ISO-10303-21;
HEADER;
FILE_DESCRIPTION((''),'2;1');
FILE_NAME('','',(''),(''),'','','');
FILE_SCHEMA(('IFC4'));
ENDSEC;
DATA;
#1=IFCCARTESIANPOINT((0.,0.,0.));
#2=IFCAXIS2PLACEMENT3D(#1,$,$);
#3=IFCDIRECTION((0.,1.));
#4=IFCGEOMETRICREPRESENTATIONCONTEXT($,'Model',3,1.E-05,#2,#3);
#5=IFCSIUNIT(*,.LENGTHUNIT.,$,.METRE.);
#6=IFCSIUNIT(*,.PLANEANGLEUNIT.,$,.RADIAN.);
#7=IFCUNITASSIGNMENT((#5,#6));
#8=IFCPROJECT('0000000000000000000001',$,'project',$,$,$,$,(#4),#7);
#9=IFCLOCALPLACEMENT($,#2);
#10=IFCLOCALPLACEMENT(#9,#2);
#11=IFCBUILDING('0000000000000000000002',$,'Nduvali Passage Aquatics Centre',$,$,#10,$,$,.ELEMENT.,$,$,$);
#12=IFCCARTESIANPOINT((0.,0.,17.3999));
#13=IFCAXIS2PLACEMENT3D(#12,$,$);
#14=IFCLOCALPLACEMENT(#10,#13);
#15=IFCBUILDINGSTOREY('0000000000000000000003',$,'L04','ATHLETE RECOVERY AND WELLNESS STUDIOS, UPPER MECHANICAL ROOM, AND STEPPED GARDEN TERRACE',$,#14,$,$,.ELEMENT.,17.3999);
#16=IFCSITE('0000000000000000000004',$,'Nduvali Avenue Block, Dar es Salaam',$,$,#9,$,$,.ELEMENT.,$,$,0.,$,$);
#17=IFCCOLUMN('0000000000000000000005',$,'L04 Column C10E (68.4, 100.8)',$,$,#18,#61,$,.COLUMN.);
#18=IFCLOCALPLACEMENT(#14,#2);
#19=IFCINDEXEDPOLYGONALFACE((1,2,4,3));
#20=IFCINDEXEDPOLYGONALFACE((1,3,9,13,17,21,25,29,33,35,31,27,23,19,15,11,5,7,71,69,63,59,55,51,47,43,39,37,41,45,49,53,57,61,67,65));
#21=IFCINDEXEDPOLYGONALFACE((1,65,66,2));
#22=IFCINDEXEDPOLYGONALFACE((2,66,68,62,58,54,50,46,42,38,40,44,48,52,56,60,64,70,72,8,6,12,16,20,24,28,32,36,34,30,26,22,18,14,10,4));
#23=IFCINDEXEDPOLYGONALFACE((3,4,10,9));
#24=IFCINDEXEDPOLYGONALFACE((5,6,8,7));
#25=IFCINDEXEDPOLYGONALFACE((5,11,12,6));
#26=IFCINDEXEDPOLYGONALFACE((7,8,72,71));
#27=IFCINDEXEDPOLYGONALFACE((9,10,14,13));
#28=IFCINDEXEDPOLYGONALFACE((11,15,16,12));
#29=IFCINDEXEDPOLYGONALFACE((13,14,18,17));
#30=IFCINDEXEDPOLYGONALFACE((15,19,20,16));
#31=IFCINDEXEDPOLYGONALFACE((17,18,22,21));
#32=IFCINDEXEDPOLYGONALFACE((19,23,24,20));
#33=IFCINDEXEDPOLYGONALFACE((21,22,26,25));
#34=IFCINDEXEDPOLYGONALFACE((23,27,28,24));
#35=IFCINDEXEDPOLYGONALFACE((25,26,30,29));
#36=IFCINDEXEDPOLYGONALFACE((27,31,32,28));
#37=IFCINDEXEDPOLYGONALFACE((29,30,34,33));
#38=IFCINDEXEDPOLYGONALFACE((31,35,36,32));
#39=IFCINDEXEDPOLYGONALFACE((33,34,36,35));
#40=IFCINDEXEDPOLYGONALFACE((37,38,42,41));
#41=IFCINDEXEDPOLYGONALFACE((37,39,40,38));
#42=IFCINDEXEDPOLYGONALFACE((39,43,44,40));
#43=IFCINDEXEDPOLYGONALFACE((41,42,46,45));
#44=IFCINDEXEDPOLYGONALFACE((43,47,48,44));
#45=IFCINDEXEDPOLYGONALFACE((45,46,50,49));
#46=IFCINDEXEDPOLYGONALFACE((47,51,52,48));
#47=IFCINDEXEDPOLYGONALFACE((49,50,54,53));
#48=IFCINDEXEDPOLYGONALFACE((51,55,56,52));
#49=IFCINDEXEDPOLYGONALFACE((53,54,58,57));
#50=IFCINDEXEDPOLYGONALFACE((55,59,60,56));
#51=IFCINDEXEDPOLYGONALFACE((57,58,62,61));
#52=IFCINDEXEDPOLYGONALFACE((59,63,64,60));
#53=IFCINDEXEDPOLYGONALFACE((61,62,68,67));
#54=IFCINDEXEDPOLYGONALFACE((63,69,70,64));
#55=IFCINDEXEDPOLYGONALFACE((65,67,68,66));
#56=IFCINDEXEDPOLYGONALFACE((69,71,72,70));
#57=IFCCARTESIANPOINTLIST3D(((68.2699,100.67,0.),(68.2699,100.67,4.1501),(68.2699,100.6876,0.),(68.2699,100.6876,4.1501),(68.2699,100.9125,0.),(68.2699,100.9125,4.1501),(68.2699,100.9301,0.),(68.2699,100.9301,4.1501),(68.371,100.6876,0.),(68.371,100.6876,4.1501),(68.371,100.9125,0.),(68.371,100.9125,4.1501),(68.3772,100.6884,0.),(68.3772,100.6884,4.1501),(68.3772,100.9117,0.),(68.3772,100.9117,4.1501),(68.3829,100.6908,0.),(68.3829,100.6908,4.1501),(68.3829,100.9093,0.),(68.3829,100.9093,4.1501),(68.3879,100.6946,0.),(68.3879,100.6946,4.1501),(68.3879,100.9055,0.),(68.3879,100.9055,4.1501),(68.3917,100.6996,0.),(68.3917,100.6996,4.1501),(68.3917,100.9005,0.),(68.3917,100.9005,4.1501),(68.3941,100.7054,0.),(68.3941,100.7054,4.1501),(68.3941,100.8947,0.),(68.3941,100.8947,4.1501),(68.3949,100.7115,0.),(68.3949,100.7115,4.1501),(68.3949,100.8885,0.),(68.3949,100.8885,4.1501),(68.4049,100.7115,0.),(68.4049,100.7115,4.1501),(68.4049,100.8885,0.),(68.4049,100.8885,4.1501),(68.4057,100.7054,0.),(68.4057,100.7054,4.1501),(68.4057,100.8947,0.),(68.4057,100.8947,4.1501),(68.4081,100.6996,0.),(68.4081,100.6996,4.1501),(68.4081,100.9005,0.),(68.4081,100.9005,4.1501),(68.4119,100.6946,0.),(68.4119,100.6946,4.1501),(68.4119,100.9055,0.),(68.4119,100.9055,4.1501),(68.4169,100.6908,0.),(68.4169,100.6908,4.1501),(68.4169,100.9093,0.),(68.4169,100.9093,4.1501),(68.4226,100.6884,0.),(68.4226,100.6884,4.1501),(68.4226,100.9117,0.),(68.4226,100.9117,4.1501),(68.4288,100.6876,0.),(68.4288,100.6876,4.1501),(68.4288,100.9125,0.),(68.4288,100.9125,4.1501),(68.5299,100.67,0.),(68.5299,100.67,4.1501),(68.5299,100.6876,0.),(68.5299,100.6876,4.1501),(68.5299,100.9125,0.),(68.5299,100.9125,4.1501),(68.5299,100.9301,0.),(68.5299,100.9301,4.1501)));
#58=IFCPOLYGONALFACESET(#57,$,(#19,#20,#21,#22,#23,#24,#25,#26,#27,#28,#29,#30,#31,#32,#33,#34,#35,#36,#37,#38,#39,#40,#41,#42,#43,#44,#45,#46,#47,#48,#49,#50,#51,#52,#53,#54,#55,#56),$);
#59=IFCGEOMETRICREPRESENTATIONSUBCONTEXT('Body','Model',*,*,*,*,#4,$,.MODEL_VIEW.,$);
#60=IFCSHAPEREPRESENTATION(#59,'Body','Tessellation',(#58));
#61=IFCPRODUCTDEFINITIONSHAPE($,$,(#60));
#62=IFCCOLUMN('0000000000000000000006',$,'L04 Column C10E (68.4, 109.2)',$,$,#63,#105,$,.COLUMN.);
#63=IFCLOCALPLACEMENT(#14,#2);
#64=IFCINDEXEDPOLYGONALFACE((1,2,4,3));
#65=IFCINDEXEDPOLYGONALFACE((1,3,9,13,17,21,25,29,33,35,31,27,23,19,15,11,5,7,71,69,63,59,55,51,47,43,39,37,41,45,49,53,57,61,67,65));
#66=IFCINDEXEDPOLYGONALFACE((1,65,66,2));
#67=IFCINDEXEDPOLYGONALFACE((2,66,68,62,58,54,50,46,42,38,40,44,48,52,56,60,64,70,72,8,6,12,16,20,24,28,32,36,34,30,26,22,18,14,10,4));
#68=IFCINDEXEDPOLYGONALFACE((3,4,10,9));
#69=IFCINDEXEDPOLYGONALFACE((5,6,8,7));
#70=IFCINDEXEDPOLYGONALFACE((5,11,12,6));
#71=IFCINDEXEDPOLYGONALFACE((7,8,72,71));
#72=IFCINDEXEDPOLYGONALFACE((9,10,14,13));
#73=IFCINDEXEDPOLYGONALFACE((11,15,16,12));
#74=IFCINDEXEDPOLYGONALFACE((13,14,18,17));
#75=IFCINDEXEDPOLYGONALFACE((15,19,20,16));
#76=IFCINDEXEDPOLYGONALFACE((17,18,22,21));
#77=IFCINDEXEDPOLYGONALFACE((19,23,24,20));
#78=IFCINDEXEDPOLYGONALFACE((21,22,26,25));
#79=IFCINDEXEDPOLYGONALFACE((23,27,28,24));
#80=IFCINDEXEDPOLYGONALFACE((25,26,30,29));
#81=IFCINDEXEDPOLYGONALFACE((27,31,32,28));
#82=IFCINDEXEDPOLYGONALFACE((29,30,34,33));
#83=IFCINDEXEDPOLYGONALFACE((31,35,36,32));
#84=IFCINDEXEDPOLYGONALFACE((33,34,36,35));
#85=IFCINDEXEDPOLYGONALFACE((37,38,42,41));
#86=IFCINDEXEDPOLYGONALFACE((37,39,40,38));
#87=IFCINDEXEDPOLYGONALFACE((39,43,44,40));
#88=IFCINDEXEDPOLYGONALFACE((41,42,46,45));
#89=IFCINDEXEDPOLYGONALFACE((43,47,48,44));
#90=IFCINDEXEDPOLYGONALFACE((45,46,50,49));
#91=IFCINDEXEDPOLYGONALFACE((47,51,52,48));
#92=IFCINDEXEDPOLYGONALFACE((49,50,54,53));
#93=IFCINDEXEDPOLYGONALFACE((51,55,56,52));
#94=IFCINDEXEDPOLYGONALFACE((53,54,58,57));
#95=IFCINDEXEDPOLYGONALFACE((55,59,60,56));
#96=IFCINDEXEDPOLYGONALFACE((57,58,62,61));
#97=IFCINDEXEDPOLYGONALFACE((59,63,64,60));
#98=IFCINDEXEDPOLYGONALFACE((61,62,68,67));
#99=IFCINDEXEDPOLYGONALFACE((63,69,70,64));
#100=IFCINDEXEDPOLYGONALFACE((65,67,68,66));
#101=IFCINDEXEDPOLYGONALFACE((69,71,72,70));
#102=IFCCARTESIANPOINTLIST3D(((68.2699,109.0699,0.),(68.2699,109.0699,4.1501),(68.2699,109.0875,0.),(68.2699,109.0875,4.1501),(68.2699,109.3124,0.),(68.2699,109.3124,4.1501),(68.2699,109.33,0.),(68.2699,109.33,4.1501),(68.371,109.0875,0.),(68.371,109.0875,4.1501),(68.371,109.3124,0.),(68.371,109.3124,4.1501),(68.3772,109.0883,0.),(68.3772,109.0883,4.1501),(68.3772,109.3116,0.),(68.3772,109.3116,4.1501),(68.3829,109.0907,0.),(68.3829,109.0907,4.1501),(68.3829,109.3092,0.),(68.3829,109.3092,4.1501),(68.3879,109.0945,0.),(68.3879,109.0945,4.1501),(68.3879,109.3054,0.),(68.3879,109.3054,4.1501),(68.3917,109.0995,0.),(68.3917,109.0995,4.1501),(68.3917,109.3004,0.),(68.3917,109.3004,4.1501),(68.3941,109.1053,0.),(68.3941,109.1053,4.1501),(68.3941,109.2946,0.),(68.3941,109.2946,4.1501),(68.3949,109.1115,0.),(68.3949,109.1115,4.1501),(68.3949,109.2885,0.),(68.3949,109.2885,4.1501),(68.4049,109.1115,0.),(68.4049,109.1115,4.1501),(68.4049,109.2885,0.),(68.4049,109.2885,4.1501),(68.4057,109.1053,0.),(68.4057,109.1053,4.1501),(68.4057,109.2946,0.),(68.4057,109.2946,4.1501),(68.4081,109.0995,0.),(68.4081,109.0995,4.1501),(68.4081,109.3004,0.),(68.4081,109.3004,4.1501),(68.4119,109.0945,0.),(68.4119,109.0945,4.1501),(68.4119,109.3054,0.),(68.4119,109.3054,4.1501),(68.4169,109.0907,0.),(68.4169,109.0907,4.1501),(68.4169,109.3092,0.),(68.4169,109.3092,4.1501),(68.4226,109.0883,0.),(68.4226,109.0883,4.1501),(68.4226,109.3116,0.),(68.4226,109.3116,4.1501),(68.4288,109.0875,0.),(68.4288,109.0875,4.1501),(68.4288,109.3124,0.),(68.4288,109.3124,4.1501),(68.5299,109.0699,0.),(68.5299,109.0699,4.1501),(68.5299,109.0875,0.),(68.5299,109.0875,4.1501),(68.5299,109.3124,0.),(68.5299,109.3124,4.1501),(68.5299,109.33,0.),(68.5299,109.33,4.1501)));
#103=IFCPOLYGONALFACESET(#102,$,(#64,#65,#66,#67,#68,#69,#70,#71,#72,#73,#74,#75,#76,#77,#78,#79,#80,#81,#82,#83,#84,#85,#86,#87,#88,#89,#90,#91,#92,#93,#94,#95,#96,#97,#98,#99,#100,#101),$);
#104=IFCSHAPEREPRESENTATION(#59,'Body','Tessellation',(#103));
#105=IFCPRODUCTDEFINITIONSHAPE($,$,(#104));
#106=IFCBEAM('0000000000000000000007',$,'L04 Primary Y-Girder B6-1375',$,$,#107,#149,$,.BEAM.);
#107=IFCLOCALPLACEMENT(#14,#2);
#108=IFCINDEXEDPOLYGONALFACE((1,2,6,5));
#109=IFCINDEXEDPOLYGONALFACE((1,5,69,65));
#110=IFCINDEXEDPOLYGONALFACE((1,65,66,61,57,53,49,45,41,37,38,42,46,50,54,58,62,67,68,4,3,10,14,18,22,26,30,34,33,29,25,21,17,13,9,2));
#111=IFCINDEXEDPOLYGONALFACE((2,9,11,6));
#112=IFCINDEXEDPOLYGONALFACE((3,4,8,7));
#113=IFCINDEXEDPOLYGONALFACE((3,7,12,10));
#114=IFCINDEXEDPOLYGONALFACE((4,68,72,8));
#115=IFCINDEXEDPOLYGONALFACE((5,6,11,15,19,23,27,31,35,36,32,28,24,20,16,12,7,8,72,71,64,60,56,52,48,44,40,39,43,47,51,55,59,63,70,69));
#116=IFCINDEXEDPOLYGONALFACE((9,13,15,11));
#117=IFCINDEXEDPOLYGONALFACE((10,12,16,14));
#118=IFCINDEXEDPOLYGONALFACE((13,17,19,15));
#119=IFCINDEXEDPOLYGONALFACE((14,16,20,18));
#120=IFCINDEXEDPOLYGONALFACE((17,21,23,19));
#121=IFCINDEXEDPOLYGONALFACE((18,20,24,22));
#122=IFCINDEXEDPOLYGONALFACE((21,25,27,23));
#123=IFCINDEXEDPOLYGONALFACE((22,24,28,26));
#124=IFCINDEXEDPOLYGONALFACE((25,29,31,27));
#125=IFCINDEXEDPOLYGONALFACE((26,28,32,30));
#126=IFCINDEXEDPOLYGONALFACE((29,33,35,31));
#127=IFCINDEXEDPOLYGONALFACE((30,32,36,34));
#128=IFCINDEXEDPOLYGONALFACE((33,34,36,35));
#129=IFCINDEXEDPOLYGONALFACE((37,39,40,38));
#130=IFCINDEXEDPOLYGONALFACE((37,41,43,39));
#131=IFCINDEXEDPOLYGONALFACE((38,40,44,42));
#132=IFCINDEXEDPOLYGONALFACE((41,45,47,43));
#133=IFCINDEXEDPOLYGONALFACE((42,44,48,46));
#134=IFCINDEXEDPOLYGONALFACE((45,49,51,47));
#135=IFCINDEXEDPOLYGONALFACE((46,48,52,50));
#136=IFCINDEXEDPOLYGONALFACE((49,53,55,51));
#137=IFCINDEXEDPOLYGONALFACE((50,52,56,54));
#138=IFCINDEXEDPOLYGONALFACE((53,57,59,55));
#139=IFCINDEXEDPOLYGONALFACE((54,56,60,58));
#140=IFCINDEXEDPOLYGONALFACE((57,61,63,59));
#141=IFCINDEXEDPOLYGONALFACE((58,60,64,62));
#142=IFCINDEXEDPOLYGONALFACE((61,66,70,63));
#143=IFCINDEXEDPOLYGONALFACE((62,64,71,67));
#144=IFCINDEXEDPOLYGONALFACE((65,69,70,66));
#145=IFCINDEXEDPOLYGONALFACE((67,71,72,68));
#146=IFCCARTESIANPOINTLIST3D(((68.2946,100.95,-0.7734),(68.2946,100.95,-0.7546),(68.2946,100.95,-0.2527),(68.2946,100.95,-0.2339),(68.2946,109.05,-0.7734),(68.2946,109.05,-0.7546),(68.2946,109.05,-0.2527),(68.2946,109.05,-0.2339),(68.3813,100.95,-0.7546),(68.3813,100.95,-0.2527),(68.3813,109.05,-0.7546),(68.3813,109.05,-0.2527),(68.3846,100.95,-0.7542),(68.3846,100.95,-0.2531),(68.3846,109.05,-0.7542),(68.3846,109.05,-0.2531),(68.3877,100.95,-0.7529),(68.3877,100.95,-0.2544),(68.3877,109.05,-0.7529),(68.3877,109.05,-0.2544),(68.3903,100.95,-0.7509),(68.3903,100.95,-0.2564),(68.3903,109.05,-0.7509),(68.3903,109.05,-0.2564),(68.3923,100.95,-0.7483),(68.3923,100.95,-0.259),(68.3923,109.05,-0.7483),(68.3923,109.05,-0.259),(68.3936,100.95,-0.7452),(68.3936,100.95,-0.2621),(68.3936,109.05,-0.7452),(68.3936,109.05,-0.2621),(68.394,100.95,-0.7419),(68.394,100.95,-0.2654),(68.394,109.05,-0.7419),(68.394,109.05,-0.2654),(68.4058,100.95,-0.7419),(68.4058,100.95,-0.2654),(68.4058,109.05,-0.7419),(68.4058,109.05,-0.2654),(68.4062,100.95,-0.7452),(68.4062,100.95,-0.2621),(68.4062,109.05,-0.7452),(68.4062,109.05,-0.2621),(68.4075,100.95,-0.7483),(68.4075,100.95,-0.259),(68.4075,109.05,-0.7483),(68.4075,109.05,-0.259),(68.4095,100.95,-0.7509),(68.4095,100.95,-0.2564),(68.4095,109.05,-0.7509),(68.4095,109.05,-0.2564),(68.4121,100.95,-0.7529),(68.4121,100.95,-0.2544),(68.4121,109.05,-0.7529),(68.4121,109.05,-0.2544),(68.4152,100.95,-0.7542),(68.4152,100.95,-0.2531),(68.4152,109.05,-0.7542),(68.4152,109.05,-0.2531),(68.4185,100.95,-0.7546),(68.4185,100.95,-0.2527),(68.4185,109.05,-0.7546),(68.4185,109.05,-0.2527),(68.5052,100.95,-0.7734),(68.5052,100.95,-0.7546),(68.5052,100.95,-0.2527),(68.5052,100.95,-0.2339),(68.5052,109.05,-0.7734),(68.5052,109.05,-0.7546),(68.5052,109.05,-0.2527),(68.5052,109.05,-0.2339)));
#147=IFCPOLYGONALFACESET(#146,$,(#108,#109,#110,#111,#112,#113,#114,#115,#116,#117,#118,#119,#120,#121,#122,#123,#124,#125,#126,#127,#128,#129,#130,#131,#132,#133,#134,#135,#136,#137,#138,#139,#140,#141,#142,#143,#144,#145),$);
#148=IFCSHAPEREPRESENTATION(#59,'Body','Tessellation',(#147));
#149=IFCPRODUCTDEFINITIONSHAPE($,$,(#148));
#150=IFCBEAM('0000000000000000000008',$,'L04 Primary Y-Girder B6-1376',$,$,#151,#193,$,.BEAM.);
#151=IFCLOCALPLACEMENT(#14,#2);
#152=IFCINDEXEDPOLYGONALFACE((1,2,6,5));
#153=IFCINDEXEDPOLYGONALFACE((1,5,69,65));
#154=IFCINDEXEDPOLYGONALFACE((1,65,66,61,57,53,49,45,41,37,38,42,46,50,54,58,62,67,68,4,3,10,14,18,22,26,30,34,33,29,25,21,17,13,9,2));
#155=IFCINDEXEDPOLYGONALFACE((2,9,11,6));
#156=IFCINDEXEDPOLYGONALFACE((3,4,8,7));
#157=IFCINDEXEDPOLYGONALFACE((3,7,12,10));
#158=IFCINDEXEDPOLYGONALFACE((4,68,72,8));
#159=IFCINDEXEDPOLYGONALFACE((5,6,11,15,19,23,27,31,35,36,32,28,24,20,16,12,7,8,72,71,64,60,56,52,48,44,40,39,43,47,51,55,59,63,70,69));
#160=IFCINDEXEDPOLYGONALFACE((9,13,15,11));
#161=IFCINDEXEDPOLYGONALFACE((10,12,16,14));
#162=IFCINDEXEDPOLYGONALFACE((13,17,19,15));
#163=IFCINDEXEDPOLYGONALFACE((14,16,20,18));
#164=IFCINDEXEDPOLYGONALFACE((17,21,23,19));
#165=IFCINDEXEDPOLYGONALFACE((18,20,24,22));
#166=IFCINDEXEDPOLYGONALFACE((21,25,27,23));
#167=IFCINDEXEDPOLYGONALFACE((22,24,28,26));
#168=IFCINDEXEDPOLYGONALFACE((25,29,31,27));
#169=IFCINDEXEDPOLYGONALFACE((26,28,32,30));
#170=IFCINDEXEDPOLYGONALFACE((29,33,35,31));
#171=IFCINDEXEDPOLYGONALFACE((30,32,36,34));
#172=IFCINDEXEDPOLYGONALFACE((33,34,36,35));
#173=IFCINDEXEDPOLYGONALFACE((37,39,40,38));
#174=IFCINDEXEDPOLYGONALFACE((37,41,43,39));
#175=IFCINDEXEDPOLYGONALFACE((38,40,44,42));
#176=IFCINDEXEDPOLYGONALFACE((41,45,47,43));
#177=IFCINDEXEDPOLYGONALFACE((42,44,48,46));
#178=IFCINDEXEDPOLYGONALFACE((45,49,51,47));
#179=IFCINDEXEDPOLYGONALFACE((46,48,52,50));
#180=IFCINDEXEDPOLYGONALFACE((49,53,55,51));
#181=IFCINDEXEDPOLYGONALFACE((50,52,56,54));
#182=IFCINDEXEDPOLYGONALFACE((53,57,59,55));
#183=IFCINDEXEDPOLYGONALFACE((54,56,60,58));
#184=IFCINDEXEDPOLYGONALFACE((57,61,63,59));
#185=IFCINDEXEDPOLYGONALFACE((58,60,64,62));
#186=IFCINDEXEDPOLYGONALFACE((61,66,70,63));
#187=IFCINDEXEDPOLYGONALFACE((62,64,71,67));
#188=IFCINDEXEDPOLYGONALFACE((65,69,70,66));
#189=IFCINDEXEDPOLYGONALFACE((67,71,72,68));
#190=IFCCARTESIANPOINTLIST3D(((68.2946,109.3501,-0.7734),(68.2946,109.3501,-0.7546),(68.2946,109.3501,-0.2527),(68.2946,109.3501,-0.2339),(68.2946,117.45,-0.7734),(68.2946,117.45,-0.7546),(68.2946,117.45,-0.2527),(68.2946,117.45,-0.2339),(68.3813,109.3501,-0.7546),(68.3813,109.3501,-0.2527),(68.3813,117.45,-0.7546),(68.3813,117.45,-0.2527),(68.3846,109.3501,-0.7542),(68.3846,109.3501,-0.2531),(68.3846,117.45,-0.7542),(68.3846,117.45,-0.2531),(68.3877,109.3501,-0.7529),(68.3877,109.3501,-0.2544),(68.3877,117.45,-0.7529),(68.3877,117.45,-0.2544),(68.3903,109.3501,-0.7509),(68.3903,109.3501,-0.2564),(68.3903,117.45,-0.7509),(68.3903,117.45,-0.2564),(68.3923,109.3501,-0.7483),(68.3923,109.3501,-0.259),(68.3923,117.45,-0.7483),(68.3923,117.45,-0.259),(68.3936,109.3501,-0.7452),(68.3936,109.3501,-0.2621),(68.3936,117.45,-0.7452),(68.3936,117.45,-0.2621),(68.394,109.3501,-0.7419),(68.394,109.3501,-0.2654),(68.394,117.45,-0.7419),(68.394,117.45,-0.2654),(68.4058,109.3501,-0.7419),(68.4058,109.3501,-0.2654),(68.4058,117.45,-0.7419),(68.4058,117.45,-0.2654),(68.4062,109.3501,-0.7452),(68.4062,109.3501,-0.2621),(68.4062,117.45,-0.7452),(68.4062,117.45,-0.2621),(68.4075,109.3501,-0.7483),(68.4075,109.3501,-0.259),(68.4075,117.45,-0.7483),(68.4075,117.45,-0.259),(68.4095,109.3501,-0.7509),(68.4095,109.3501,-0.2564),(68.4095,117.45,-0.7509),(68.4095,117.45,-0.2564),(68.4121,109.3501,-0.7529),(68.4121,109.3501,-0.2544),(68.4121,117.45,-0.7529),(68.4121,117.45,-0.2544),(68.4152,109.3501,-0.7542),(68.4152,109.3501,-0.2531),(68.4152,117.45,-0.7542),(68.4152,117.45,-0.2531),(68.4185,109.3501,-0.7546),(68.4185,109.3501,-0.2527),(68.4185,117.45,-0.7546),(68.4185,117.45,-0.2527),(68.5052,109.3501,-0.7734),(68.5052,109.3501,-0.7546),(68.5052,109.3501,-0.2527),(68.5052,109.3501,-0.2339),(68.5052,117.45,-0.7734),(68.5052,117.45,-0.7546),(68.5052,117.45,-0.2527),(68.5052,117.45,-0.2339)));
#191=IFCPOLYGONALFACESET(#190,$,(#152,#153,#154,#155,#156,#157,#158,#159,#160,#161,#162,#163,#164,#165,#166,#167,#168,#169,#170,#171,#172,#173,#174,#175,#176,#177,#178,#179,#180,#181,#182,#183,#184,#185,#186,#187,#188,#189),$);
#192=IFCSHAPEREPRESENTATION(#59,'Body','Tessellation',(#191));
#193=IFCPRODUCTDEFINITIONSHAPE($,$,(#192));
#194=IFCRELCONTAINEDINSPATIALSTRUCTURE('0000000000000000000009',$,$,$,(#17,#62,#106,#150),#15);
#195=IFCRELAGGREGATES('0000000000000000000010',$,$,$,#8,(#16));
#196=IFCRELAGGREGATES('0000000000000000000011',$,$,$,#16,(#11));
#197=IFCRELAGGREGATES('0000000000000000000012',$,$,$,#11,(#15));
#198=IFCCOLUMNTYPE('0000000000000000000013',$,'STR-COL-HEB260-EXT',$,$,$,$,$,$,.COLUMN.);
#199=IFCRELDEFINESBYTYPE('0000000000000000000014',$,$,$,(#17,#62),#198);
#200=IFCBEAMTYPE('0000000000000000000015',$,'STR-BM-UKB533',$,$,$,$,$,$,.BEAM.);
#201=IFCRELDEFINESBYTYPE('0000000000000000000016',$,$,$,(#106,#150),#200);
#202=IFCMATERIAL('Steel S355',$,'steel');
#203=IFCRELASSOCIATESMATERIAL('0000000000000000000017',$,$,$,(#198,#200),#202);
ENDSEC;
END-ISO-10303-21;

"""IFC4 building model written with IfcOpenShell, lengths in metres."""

from ifc_helpers import new_model, si_unit, direction, frame, origin, origin_2d, place, context, subcontext, project, spatial, i_section, extrude, material, material_profile, profile_set, type_object, element, save


model = new_model("IFC4")

# Units and contexts
model_context = context("Model", 3, precision=1e-05, world=origin(), true_north=direction((0.0, 1.0)))
body_context = subcontext(model_context, "Body", "Model", "MODEL_VIEW")
ifc_project = project(units=[si_unit("LENGTHUNIT", "METRE"), si_unit("PLANEANGLEUNIT", "RADIAN")], contexts=[model_context])

# Site, building, storey
site_placement = place(None, origin())
site = spatial("IfcSite", under=ifc_project, at=site_placement, Name="Nduvali Avenue Block, Dar es Salaam", CompositionType="ELEMENT", RefElevation=0.0)
building_placement = place(site_placement, origin())
building = spatial("IfcBuilding", under=site, at=building_placement, Name="Nduvali Passage Aquatics Centre", CompositionType="ELEMENT")
storey_placement = place(building_placement, frame((0.0, 0.0, 17.3999)))
storey = spatial("IfcBuildingStorey", under=building, at=storey_placement, Name="L04", Description="ATHLETE RECOVERY AND WELLNESS STUDIOS, UPPER MECHANICAL ROOM, AND STEPPED GARDEN TERRACE", CompositionType="ELEMENT", Elevation=17.3999)

# Columns
ifc_material_1 = material(Name="Steel S355", Category="steel")
ifc_material_profile_1 = material_profile(ifc_material_1, i_section(OverallWidth=0.26, OverallDepth=0.26, WebThickness=0.01, FlangeThickness=0.0176, FilletRadius=0.0239, at=origin_2d()), Name="HEB 260")
ifc_profile_set_1 = profile_set([ifc_material_profile_1], Name="Steel S355")
column_type = type_object("IfcColumnType", Name="STR-COL-HEB260-EXT", PredefinedType="COLUMN", material=ifc_profile_set_1)
for number, where, z_axis, x_axis, name in (
    (1, (68.3999, 100.8, 0.0), (0.0, 0.0, 1.0), (1.0, 0.0, 0.0), "L04 Column C10E (68.4, 100.8)"),
    (2, (68.3999, 109.2, 0.0), (0.0, 0.0, 1.0), (1.0, 0.0, 0.0), "L04 Column C10E (68.4, 109.2)"),
):
    element("IfcColumn", number, at=place(storey_placement, frame(where, z_axis=z_axis, x_axis=x_axis)), inside=storey, type_object=column_type, Name=name, PredefinedType="COLUMN", context=body_context, shape_type="SweptSolid", body=[
        extrude(i_section(OverallWidth=0.26, OverallDepth=0.26, WebThickness=0.01, FlangeThickness=0.0176, FilletRadius=0.0239, at=origin_2d()), origin(), (0.0, 0.0, 1.0), 4.1501),
    ])

# Beams
ifc_material_profile_2 = material_profile(ifc_material_1, i_section(OverallWidth=0.2107, OverallDepth=0.5396, WebThickness=0.0117, FlangeThickness=0.0188, FilletRadius=0.0127, at=origin_2d()), Name="UKB 533x210x109")
ifc_profile_set_2 = profile_set([ifc_material_profile_2], Name="Steel S355")
beam_type_1 = type_object("IfcBeamType", Name="STR-BM-UKB533", PredefinedType="BEAM", material=ifc_profile_set_2)
beam_1_placement = place(storey_placement, frame((68.3999, 100.95, -0.5037), z_axis=(0.0, 1.0, 0.0), x_axis=(-1.0, 0.0, 0.0)))
element("IfcBeam", 3, at=beam_1_placement, inside=storey, type_object=beam_type_1, Name="L04 Primary Y-Girder B6-1375", PredefinedType="BEAM", context=body_context, shape_type="SweptSolid", body=[
    extrude(i_section(OverallWidth=0.2107, OverallDepth=0.5396, WebThickness=0.0117, FlangeThickness=0.0188, FilletRadius=0.0127, at=origin_2d()), origin(), (0.0, 0.0, 1.0), 8.1001),
])
beam_2_placement = place(storey_placement, frame((68.3999, 109.3501, -0.5037), z_axis=(0.0, 1.0, 0.0), x_axis=(-1.0, 0.0, 0.0)))
element("IfcBeam", 4, at=beam_2_placement, inside=storey, type_object=beam_type_1, Name="L04 Primary Y-Girder B6-1376", PredefinedType="BEAM", context=body_context, shape_type="SweptSolid", body=[
    extrude(i_section(OverallWidth=0.2107, OverallDepth=0.5396, WebThickness=0.0117, FlangeThickness=0.0188, FilletRadius=0.0127, at=origin_2d()), origin(), (0.0, 0.0, 1.0), 8.0999),
])

save(model, "model.ifc")
